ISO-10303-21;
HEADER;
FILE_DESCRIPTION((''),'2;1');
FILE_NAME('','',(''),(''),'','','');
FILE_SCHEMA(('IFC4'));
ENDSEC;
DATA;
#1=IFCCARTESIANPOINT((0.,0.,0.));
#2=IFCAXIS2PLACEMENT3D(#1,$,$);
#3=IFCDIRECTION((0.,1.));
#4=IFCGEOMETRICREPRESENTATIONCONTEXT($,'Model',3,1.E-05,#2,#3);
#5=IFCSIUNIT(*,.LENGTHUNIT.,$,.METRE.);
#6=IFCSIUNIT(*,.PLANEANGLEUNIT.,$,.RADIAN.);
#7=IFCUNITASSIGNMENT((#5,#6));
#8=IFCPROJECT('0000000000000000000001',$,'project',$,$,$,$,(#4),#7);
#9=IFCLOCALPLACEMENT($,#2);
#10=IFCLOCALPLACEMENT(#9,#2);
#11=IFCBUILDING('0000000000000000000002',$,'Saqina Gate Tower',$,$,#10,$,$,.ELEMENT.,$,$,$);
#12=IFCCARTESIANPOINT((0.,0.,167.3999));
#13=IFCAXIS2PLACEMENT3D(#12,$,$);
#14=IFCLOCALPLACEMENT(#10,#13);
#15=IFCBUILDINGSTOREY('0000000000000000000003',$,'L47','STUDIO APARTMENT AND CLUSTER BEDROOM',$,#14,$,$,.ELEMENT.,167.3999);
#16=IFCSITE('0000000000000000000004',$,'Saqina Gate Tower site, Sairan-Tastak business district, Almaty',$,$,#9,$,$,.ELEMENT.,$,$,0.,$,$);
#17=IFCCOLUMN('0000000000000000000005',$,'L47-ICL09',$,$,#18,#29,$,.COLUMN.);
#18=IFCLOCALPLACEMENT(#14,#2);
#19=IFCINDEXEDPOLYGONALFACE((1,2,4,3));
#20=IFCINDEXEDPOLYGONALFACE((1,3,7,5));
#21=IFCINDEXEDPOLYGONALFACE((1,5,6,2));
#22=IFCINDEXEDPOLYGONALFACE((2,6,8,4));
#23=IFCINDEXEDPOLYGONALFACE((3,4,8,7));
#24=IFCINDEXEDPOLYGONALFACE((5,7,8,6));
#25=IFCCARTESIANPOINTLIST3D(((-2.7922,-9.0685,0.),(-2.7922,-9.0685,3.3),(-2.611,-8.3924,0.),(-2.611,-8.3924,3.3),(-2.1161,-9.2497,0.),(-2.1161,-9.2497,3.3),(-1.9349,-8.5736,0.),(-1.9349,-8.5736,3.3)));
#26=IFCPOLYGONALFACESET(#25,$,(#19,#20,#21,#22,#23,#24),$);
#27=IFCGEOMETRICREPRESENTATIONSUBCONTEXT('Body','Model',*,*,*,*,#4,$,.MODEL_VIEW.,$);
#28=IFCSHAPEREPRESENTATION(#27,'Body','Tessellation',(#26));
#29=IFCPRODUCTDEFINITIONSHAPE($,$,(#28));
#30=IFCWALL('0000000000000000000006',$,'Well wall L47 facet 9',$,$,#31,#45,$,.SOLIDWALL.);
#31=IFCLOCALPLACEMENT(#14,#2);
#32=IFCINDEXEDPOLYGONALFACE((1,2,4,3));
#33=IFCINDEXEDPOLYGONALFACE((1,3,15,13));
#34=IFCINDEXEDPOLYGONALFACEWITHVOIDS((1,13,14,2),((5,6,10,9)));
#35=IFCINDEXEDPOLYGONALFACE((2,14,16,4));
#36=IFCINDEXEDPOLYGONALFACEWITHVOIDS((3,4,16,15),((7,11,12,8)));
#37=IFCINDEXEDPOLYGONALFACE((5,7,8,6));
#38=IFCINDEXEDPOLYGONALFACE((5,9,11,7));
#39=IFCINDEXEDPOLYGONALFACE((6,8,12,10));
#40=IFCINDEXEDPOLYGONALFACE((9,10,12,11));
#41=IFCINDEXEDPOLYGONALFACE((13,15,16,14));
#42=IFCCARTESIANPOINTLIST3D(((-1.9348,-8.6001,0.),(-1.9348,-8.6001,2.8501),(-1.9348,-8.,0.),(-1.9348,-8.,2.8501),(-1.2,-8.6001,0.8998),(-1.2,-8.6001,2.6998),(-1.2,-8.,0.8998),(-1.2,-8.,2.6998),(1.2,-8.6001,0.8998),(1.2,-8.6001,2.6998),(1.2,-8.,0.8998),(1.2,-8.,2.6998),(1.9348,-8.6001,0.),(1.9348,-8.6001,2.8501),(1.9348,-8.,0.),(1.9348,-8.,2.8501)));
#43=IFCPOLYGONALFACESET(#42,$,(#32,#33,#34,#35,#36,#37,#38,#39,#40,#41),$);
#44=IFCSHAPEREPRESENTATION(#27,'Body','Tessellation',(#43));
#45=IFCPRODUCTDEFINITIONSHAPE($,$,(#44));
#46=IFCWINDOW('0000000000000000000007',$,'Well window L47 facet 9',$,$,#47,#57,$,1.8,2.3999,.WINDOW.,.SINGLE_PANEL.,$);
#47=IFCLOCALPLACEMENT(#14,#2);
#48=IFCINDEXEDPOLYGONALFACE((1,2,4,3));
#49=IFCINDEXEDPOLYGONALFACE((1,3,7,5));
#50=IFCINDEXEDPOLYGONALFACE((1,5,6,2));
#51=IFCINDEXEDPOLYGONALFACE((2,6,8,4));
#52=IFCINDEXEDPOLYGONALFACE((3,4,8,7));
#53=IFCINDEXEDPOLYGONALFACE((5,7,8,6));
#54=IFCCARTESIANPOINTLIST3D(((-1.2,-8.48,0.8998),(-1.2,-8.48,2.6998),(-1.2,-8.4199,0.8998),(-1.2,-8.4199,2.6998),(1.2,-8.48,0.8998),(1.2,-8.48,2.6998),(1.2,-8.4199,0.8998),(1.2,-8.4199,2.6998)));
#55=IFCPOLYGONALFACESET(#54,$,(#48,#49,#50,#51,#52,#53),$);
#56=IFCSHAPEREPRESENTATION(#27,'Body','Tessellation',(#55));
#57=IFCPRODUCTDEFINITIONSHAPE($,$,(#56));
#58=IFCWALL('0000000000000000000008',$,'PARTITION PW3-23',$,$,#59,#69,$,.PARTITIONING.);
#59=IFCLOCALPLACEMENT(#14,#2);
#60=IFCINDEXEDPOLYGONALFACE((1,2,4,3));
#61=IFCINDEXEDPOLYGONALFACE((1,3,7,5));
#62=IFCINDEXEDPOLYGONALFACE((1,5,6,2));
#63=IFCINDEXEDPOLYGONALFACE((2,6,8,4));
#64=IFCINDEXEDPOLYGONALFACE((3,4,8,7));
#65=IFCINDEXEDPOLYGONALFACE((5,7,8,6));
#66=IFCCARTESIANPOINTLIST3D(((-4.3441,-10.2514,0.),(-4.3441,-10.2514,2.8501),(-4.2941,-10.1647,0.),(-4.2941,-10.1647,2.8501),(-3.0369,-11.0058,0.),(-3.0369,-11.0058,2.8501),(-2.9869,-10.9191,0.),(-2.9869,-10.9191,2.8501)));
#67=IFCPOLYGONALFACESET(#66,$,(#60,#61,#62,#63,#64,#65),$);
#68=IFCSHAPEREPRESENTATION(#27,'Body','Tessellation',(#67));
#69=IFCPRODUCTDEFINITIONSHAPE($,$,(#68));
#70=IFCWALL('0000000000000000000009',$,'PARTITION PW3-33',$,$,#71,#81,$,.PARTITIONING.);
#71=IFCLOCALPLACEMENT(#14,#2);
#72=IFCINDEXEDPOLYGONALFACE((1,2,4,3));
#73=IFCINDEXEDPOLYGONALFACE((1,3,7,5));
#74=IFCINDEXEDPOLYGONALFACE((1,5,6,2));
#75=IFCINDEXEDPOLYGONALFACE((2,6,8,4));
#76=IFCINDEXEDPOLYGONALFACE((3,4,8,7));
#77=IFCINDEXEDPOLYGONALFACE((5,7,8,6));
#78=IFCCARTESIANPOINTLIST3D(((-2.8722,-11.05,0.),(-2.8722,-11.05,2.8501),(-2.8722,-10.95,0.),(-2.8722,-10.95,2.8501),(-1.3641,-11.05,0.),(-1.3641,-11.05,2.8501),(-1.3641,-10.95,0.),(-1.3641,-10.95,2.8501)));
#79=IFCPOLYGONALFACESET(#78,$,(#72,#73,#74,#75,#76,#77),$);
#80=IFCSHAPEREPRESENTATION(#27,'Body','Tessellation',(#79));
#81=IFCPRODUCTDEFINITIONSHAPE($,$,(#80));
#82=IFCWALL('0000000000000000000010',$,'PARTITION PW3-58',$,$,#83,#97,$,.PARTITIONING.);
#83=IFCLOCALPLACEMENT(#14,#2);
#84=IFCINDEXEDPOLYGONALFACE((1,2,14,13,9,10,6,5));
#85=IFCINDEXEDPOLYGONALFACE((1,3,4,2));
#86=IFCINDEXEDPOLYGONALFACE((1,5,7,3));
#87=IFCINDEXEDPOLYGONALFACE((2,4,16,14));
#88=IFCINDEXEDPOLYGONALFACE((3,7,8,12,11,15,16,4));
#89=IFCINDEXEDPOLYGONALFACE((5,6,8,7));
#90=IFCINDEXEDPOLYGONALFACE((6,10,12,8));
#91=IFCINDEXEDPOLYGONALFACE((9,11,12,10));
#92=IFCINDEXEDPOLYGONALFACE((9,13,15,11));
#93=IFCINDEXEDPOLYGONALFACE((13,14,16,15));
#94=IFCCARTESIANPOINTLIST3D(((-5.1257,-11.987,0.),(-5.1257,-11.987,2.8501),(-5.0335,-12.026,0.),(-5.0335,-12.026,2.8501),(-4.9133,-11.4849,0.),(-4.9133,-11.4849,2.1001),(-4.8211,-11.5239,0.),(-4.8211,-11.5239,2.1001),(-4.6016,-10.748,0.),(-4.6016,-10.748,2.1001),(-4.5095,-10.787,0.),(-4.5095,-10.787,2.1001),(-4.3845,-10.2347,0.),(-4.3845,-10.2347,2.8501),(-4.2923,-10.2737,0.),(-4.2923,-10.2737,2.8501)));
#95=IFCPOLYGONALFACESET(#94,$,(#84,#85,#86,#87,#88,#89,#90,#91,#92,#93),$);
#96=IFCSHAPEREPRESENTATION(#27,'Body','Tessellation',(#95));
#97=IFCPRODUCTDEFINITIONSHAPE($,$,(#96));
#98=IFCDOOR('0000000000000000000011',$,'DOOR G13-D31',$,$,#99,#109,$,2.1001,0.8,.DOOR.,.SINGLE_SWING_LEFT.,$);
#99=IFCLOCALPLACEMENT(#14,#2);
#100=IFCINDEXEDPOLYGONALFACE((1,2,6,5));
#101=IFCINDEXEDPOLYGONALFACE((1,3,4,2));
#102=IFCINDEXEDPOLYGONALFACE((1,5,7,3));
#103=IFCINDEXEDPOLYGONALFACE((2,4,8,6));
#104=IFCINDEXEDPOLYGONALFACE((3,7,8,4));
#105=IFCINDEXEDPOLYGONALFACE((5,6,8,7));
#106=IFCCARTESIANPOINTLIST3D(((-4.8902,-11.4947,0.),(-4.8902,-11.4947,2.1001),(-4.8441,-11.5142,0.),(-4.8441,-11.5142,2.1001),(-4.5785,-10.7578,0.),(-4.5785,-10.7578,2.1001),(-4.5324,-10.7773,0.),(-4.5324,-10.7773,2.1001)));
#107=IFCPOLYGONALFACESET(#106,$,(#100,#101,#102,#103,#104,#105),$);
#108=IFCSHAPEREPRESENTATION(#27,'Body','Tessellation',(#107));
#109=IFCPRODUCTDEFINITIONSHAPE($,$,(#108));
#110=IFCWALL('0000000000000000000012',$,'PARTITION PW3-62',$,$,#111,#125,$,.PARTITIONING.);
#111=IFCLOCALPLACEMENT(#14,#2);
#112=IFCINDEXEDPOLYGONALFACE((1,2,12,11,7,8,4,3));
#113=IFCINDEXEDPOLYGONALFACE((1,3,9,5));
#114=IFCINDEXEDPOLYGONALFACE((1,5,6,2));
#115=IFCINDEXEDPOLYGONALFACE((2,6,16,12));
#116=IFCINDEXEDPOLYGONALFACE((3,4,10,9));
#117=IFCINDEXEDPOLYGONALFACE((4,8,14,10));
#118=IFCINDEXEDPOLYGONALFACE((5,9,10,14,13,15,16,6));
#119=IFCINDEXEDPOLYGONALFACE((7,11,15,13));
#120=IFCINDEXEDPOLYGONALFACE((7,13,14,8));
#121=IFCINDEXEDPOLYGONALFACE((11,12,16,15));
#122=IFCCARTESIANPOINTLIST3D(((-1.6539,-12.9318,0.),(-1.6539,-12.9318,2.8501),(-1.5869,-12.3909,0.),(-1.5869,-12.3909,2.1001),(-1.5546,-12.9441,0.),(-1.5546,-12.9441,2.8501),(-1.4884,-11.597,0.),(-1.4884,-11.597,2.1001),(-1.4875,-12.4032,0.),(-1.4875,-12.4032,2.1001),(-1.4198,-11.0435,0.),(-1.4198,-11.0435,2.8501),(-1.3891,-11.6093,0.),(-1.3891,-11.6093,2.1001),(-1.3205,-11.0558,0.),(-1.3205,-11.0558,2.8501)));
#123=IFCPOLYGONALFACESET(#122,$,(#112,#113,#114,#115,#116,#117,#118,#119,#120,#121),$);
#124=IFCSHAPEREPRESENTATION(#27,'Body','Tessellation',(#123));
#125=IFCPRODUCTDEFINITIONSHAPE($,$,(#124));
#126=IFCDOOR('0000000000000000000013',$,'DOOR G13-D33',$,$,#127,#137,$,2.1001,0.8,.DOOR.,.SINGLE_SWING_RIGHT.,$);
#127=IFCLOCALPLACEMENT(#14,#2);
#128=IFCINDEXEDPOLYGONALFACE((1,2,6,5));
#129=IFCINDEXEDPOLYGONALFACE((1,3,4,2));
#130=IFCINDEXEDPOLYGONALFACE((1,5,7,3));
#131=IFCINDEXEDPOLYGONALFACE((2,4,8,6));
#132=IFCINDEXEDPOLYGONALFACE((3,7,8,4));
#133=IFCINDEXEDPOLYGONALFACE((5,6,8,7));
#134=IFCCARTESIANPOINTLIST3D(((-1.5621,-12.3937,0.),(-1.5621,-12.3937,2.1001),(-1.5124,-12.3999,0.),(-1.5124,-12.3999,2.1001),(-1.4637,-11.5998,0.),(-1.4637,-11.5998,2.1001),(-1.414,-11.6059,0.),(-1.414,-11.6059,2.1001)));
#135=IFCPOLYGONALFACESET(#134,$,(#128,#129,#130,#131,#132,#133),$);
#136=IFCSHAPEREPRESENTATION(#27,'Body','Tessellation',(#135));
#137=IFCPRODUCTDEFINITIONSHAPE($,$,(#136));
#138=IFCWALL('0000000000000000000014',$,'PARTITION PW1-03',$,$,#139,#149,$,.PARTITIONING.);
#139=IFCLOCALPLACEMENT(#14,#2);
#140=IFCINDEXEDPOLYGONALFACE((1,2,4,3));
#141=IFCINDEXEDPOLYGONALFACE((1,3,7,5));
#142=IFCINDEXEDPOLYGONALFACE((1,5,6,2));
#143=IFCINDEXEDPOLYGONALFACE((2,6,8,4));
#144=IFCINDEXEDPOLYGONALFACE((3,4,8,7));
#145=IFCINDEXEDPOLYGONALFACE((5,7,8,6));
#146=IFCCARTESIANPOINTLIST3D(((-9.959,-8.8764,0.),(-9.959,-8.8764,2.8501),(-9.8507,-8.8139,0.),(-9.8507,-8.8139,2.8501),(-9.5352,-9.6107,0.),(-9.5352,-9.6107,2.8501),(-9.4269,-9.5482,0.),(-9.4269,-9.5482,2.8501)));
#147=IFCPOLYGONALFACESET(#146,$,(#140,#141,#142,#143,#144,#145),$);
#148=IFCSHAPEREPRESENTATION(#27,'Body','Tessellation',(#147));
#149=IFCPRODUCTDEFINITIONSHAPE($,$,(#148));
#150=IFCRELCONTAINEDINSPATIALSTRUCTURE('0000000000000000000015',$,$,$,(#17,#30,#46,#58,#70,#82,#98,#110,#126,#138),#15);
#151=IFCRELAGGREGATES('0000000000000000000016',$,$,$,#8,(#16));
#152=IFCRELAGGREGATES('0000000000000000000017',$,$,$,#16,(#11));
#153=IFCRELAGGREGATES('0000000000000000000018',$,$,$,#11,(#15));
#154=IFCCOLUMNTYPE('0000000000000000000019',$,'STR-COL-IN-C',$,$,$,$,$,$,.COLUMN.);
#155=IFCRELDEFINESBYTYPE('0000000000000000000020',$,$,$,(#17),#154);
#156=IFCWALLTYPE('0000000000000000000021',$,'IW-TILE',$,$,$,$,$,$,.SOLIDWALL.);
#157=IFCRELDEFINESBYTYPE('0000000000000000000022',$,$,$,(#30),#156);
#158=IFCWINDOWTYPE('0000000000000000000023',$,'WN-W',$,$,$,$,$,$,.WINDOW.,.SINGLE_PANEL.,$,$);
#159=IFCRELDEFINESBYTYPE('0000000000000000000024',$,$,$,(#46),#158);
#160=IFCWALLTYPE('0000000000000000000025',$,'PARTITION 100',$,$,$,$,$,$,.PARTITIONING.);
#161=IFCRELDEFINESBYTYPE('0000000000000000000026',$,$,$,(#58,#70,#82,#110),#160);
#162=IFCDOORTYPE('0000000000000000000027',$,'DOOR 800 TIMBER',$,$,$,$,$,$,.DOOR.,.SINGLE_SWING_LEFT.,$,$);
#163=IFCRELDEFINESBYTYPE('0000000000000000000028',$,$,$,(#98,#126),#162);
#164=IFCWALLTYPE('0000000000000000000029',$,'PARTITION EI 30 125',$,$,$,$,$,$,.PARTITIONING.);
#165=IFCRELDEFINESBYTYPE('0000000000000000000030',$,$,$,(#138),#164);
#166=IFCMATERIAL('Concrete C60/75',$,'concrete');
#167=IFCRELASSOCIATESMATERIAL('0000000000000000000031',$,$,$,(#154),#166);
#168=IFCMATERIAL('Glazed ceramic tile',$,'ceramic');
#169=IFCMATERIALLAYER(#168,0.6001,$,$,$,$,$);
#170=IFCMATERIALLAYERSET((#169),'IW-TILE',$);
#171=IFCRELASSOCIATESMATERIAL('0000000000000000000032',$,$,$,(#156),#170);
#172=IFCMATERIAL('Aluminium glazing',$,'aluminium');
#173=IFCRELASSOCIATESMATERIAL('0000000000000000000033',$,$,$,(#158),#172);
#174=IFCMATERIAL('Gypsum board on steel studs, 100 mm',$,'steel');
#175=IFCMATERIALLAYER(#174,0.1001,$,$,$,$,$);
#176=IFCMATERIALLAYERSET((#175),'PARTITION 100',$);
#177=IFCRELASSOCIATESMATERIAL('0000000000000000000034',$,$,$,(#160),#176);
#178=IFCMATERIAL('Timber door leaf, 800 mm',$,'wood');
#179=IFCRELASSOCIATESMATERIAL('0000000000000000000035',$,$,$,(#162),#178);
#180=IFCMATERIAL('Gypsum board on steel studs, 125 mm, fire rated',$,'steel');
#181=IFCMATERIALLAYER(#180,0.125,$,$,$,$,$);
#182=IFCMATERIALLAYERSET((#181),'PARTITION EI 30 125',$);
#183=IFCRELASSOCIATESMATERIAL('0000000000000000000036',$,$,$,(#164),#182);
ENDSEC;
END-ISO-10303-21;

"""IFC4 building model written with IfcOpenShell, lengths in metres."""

from ifc_helpers import new_model, si_unit, direction, frame, frame_2d, origin, origin_2d, place, context, subcontext, project, spatial, rectangle, extrude, material, layer, layer_set, material_profile, profile_set, type_object, element, fill, save


model = new_model("IFC4")

# Units and contexts
model_context = context("Model", 3, precision=1e-05, world=origin(), true_north=direction((0.0, 1.0)))
body_context = subcontext(model_context, "Body", "Model", "MODEL_VIEW")
ifc_project = project(units=[si_unit("LENGTHUNIT", "METRE"), si_unit("PLANEANGLEUNIT", "RADIAN")], contexts=[model_context])

# Site, building, storey
site_placement = place(None, origin())
site = spatial("IfcSite", under=ifc_project, at=site_placement, Name="Saqina Gate Tower site, Sairan-Tastak business district, Almaty", CompositionType="ELEMENT", RefElevation=0.0)
building_placement = place(site_placement, origin())
building = spatial("IfcBuilding", under=site, at=building_placement, Name="Saqina Gate Tower", CompositionType="ELEMENT")
storey_placement = place(building_placement, frame((0.0, 0.0, 167.3999)))
storey = spatial("IfcBuildingStorey", under=building, at=storey_placement, Name="L47", Description="STUDIO APARTMENT AND CLUSTER BEDROOM", CompositionType="ELEMENT", Elevation=167.3999)

# Column
ifc_material_1 = material(Name="Concrete C60/75", Category="concrete")
ifc_material_profile = material_profile(ifc_material_1, rectangle(XDim=0.7, YDim=0.7, at=origin_2d()), Name="RC 700x700")
ifc_profile_set = profile_set([ifc_material_profile], Name="Concrete C60/75")
column_type = type_object("IfcColumnType", Name="STR-COL-IN-C", PredefinedType="COLUMN", material=ifc_profile_set)
column_placement = place(storey_placement, frame((-2.3635, -8.821, 0.0), z_axis=(0.0, 0.0, 1.0), x_axis=(-0.258819, -0.965926, 0.0)))
element("IfcColumn", 1, at=column_placement, inside=storey, type_object=column_type, Name="L47-ICL09", PredefinedType="COLUMN", context=body_context, shape_type="SweptSolid", body=[
    extrude(rectangle(XDim=0.7, YDim=0.7, at=origin_2d()), origin(), (0.0, 0.0, 1.0), 3.3),
])

# Wall, opening, window
ifc_material_2 = material(Name="Glazed ceramic tile", Category="ceramic")
ifc_layer_1 = layer(ifc_material_2, 0.6001)
ifc_layer_set_1 = layer_set([ifc_layer_1], Name="IW-TILE")
wall_type_1 = type_object("IfcWallType", Name="IW-TILE", PredefinedType="SOLIDWALL", material=ifc_layer_set_1)
wall_1_placement = place(storey_placement, frame((-1.9348, -8.3, 0.0), z_axis=(0.0, 0.0, 1.0), x_axis=(1.0, 0.0, 0.0)))
wall_1 = element("IfcWall", 2, at=wall_1_placement, inside=storey, type_object=wall_type_1, Name="Well wall L47 facet 9", PredefinedType="SOLIDWALL", context=body_context, shape_type="SweptSolid", body=[
    extrude(rectangle(XDim=3.8696, YDim=0.6001, at=frame_2d((1.9348, 0.0))), origin(), (0.0, 0.0, 1.0), 2.8501),
])
opening_1_placement = place(wall_1_placement, frame((0.7349, 0.0, 0.8999)))
opening_1 = element("IfcOpeningElement", 3, at=opening_1_placement, cuts=wall_1, PredefinedType="OPENING", context=body_context, shape_type="SweptSolid", body=[
    extrude(rectangle(XDim=2.3999, YDim=1.8, at=frame_2d((1.2, 0.8999))), frame((0.0, 0.312, 0.0), z_axis=(0.0, -1.0, 0.0), x_axis=(1.0, 0.0, 0.0)), (0.0, 0.0, 1.0), 0.624),
])
ifc_material_3 = material(Name="Aluminium glazing", Category="aluminium")
window_type = type_object("IfcWindowType", Name="WN-W", PartitioningType="SINGLE_PANEL", PredefinedType="WINDOW", material=ifc_material_3)
window_placement = place(opening_1_placement, origin())
window = element("IfcWindow", 4, at=window_placement, inside=storey, type_object=window_type, Name="Well window L47 facet 9", OverallHeight=1.8, OverallWidth=2.3999, PartitioningType="SINGLE_PANEL", PredefinedType="WINDOW", context=body_context, shape_type="SweptSolid", body=[
    extrude(rectangle(XDim=2.3999, YDim=1.8, at=frame_2d((1.2, 0.8999))), frame((0.0, -0.1199, 0.0), z_axis=(0.0, -1.0, 0.0), x_axis=(1.0, 0.0, 0.0)), (0.0, 0.0, 1.0), 0.0601),
])
fill(opening_1, window)

# Walls
ifc_material_4 = material(Name="Gypsum board on steel studs, 100 mm", Category="steel")
ifc_layer_2 = layer(ifc_material_4, 0.1001)
ifc_layer_set_2 = layer_set([ifc_layer_2], Name="PARTITION 100")
wall_type_2 = type_object("IfcWallType", Name="PARTITION 100", PredefinedType="PARTITIONING", material=ifc_layer_set_2)
wall_2_placement = place(storey_placement, frame((-4.3191, -10.208, 0.0), z_axis=(0.0, 0.0, 1.0), x_axis=(0.866105, -0.499862, 0.0)))
element("IfcWall", 5, at=wall_2_placement, inside=storey, type_object=wall_type_2, Name="PARTITION PW3-23", PredefinedType="PARTITIONING", context=body_context, shape_type="SweptSolid", body=[
    extrude(rectangle(XDim=1.5093, YDim=0.1001, at=frame_2d((0.7546, 0.0))), origin(), (0.0, 0.0, 1.0), 2.8501),
])
wall_3_placement = place(storey_placement, frame((-2.8721, -11.0, 0.0), z_axis=(0.0, 0.0, 1.0), x_axis=(1.0, 0.0, 0.0)))
element("IfcWall", 6, at=wall_3_placement, inside=storey, type_object=wall_type_2, Name="PARTITION PW3-33", PredefinedType="PARTITIONING", context=body_context, shape_type="SweptSolid", body=[
    extrude(rectangle(XDim=1.5081, YDim=0.1001, at=frame_2d((0.7539, 0.0))), origin(), (0.0, 0.0, 1.0), 2.8501),
])

# Walls, openings, doors
wall_4_placement = place(storey_placement, frame((-5.0796, -12.0063, 0.0), z_axis=(0.0, 0.0, 1.0), x_axis=(0.389594, 0.920987, 0.0)))
wall_4 = element("IfcWall", 7, at=wall_4_placement, inside=storey, type_object=wall_type_2, Name="PARTITION PW3-58", PredefinedType="PARTITIONING", context=body_context, shape_type="SweptSolid", body=[
    extrude(rectangle(XDim=1.9026, YDim=0.1001, at=frame_2d((0.9512, 0.0))), origin(), (0.0, 0.0, 1.0), 2.8501),
])
opening_2_placement = place(wall_4_placement, frame((0.5452, 0.0, 0.0)))
opening_2 = element("IfcOpeningElement", 8, at=opening_2_placement, cuts=wall_4, PredefinedType="OPENING", context=body_context, shape_type="SweptSolid", body=[
    extrude(rectangle(XDim=0.8, YDim=2.1001, at=frame_2d((0.3999, 1.05))), frame((0.0, 0.062, 0.0), z_axis=(0.0, -1.0, 0.0), x_axis=(1.0, 0.0, 0.0)), (0.0, 0.0, 1.0), 0.124),
])
ifc_material_5 = material(Name="Timber door leaf, 800 mm", Category="wood")
door_type_1 = type_object("IfcDoorType", Name="DOOR 800 TIMBER", OperationType="SINGLE_SWING_LEFT", PredefinedType="DOOR", material=ifc_material_5)
door_1_placement = place(opening_2_placement, origin())
door_1 = element("IfcDoor", 9, at=door_1_placement, inside=storey, type_object=door_type_1, Name="DOOR G13-D31", OperationType="SINGLE_SWING_LEFT", OverallHeight=2.1001, OverallWidth=0.8, PredefinedType="DOOR", context=body_context, shape_type="SweptSolid", body=[
    extrude(rectangle(XDim=0.8, YDim=2.1001, at=frame_2d((0.3999, 1.05))), frame((0.0, 0.0249, 0.0), z_axis=(0.0, -1.0, 0.0), x_axis=(1.0, 0.0, 0.0)), (0.0, 0.0, 1.0), 0.05),
])
fill(opening_2, door_1)
wall_5_placement = place(storey_placement, frame((-1.6042, -12.938, 0.0), z_axis=(0.0, 0.0, 1.0), x_axis=(0.12304, 0.992402, 0.0)))
wall_5 = element("IfcWall", 10, at=wall_5_placement, inside=storey, type_object=wall_type_2, Name="PARTITION PW3-62", PredefinedType="PARTITIONING", context=body_context, shape_type="SweptSolid", body=[
    extrude(rectangle(XDim=1.9028, YDim=0.1001, at=frame_2d((0.9514, 0.0))), origin(), (0.0, 0.0, 1.0), 2.8501),
])
opening_3_placement = place(wall_5_placement, frame((0.5452, 0.0, 0.0)))
opening_3 = element("IfcOpeningElement", 11, at=opening_3_placement, cuts=wall_5, PredefinedType="OPENING", context=body_context, shape_type="SweptSolid", body=[
    extrude(rectangle(XDim=0.8, YDim=2.1001, at=frame_2d((0.3999, 1.05))), frame((0.0, 0.062, 0.0), z_axis=(0.0, -1.0, 0.0), x_axis=(1.0, 0.0, 0.0)), (0.0, 0.0, 1.0), 0.124),
])
door_2_placement = place(opening_3_placement, frame((0.8, 0.0, 0.0), z_axis=(0.0, 0.0, 1.0), x_axis=(-1.0, 0.0, 0.0)))
door_2 = element("IfcDoor", 12, at=door_2_placement, inside=storey, type_object=door_type_1, Name="DOOR G13-D33", OperationType="SINGLE_SWING_RIGHT", OverallHeight=2.1001, OverallWidth=0.8, PredefinedType="DOOR", context=body_context, shape_type="SweptSolid", body=[
    extrude(rectangle(XDim=0.8, YDim=2.1001, at=frame_2d((0.3999, 1.05))), frame((0.0, 0.0249, 0.0), z_axis=(0.0, -1.0, 0.0), x_axis=(1.0, 0.0, 0.0)), (0.0, 0.0, 1.0), 0.05),
])
fill(opening_3, door_2)

# Wall
ifc_material_6 = material(Name="Gypsum board on steel studs, 125 mm, fire rated", Category="steel")
ifc_layer_3 = layer(ifc_material_6, 0.125)
ifc_layer_set_3 = layer_set([ifc_layer_3], Name="PARTITION EI 30 125")
wall_type_3 = type_object("IfcWallType", Name="PARTITION EI 30 125", PredefinedType="PARTITIONING", material=ifc_layer_set_3)
wall_6_placement = place(storey_placement, frame((-9.9048, -8.8452, 0.0), z_axis=(0.0, 0.0, 1.0), x_axis=(0.499855, -0.866109, 0.0)))
element("IfcWall", 13, at=wall_6_placement, inside=storey, type_object=wall_type_3, Name="PARTITION PW1-03", PredefinedType="PARTITIONING", context=body_context, shape_type="SweptSolid", body=[
    extrude(rectangle(XDim=0.8479, YDim=0.125, at=frame_2d((0.4238, 0.0))), origin(), (0.0, 0.0, 1.0), 2.8501),
])

save(model, "model.ifc")
